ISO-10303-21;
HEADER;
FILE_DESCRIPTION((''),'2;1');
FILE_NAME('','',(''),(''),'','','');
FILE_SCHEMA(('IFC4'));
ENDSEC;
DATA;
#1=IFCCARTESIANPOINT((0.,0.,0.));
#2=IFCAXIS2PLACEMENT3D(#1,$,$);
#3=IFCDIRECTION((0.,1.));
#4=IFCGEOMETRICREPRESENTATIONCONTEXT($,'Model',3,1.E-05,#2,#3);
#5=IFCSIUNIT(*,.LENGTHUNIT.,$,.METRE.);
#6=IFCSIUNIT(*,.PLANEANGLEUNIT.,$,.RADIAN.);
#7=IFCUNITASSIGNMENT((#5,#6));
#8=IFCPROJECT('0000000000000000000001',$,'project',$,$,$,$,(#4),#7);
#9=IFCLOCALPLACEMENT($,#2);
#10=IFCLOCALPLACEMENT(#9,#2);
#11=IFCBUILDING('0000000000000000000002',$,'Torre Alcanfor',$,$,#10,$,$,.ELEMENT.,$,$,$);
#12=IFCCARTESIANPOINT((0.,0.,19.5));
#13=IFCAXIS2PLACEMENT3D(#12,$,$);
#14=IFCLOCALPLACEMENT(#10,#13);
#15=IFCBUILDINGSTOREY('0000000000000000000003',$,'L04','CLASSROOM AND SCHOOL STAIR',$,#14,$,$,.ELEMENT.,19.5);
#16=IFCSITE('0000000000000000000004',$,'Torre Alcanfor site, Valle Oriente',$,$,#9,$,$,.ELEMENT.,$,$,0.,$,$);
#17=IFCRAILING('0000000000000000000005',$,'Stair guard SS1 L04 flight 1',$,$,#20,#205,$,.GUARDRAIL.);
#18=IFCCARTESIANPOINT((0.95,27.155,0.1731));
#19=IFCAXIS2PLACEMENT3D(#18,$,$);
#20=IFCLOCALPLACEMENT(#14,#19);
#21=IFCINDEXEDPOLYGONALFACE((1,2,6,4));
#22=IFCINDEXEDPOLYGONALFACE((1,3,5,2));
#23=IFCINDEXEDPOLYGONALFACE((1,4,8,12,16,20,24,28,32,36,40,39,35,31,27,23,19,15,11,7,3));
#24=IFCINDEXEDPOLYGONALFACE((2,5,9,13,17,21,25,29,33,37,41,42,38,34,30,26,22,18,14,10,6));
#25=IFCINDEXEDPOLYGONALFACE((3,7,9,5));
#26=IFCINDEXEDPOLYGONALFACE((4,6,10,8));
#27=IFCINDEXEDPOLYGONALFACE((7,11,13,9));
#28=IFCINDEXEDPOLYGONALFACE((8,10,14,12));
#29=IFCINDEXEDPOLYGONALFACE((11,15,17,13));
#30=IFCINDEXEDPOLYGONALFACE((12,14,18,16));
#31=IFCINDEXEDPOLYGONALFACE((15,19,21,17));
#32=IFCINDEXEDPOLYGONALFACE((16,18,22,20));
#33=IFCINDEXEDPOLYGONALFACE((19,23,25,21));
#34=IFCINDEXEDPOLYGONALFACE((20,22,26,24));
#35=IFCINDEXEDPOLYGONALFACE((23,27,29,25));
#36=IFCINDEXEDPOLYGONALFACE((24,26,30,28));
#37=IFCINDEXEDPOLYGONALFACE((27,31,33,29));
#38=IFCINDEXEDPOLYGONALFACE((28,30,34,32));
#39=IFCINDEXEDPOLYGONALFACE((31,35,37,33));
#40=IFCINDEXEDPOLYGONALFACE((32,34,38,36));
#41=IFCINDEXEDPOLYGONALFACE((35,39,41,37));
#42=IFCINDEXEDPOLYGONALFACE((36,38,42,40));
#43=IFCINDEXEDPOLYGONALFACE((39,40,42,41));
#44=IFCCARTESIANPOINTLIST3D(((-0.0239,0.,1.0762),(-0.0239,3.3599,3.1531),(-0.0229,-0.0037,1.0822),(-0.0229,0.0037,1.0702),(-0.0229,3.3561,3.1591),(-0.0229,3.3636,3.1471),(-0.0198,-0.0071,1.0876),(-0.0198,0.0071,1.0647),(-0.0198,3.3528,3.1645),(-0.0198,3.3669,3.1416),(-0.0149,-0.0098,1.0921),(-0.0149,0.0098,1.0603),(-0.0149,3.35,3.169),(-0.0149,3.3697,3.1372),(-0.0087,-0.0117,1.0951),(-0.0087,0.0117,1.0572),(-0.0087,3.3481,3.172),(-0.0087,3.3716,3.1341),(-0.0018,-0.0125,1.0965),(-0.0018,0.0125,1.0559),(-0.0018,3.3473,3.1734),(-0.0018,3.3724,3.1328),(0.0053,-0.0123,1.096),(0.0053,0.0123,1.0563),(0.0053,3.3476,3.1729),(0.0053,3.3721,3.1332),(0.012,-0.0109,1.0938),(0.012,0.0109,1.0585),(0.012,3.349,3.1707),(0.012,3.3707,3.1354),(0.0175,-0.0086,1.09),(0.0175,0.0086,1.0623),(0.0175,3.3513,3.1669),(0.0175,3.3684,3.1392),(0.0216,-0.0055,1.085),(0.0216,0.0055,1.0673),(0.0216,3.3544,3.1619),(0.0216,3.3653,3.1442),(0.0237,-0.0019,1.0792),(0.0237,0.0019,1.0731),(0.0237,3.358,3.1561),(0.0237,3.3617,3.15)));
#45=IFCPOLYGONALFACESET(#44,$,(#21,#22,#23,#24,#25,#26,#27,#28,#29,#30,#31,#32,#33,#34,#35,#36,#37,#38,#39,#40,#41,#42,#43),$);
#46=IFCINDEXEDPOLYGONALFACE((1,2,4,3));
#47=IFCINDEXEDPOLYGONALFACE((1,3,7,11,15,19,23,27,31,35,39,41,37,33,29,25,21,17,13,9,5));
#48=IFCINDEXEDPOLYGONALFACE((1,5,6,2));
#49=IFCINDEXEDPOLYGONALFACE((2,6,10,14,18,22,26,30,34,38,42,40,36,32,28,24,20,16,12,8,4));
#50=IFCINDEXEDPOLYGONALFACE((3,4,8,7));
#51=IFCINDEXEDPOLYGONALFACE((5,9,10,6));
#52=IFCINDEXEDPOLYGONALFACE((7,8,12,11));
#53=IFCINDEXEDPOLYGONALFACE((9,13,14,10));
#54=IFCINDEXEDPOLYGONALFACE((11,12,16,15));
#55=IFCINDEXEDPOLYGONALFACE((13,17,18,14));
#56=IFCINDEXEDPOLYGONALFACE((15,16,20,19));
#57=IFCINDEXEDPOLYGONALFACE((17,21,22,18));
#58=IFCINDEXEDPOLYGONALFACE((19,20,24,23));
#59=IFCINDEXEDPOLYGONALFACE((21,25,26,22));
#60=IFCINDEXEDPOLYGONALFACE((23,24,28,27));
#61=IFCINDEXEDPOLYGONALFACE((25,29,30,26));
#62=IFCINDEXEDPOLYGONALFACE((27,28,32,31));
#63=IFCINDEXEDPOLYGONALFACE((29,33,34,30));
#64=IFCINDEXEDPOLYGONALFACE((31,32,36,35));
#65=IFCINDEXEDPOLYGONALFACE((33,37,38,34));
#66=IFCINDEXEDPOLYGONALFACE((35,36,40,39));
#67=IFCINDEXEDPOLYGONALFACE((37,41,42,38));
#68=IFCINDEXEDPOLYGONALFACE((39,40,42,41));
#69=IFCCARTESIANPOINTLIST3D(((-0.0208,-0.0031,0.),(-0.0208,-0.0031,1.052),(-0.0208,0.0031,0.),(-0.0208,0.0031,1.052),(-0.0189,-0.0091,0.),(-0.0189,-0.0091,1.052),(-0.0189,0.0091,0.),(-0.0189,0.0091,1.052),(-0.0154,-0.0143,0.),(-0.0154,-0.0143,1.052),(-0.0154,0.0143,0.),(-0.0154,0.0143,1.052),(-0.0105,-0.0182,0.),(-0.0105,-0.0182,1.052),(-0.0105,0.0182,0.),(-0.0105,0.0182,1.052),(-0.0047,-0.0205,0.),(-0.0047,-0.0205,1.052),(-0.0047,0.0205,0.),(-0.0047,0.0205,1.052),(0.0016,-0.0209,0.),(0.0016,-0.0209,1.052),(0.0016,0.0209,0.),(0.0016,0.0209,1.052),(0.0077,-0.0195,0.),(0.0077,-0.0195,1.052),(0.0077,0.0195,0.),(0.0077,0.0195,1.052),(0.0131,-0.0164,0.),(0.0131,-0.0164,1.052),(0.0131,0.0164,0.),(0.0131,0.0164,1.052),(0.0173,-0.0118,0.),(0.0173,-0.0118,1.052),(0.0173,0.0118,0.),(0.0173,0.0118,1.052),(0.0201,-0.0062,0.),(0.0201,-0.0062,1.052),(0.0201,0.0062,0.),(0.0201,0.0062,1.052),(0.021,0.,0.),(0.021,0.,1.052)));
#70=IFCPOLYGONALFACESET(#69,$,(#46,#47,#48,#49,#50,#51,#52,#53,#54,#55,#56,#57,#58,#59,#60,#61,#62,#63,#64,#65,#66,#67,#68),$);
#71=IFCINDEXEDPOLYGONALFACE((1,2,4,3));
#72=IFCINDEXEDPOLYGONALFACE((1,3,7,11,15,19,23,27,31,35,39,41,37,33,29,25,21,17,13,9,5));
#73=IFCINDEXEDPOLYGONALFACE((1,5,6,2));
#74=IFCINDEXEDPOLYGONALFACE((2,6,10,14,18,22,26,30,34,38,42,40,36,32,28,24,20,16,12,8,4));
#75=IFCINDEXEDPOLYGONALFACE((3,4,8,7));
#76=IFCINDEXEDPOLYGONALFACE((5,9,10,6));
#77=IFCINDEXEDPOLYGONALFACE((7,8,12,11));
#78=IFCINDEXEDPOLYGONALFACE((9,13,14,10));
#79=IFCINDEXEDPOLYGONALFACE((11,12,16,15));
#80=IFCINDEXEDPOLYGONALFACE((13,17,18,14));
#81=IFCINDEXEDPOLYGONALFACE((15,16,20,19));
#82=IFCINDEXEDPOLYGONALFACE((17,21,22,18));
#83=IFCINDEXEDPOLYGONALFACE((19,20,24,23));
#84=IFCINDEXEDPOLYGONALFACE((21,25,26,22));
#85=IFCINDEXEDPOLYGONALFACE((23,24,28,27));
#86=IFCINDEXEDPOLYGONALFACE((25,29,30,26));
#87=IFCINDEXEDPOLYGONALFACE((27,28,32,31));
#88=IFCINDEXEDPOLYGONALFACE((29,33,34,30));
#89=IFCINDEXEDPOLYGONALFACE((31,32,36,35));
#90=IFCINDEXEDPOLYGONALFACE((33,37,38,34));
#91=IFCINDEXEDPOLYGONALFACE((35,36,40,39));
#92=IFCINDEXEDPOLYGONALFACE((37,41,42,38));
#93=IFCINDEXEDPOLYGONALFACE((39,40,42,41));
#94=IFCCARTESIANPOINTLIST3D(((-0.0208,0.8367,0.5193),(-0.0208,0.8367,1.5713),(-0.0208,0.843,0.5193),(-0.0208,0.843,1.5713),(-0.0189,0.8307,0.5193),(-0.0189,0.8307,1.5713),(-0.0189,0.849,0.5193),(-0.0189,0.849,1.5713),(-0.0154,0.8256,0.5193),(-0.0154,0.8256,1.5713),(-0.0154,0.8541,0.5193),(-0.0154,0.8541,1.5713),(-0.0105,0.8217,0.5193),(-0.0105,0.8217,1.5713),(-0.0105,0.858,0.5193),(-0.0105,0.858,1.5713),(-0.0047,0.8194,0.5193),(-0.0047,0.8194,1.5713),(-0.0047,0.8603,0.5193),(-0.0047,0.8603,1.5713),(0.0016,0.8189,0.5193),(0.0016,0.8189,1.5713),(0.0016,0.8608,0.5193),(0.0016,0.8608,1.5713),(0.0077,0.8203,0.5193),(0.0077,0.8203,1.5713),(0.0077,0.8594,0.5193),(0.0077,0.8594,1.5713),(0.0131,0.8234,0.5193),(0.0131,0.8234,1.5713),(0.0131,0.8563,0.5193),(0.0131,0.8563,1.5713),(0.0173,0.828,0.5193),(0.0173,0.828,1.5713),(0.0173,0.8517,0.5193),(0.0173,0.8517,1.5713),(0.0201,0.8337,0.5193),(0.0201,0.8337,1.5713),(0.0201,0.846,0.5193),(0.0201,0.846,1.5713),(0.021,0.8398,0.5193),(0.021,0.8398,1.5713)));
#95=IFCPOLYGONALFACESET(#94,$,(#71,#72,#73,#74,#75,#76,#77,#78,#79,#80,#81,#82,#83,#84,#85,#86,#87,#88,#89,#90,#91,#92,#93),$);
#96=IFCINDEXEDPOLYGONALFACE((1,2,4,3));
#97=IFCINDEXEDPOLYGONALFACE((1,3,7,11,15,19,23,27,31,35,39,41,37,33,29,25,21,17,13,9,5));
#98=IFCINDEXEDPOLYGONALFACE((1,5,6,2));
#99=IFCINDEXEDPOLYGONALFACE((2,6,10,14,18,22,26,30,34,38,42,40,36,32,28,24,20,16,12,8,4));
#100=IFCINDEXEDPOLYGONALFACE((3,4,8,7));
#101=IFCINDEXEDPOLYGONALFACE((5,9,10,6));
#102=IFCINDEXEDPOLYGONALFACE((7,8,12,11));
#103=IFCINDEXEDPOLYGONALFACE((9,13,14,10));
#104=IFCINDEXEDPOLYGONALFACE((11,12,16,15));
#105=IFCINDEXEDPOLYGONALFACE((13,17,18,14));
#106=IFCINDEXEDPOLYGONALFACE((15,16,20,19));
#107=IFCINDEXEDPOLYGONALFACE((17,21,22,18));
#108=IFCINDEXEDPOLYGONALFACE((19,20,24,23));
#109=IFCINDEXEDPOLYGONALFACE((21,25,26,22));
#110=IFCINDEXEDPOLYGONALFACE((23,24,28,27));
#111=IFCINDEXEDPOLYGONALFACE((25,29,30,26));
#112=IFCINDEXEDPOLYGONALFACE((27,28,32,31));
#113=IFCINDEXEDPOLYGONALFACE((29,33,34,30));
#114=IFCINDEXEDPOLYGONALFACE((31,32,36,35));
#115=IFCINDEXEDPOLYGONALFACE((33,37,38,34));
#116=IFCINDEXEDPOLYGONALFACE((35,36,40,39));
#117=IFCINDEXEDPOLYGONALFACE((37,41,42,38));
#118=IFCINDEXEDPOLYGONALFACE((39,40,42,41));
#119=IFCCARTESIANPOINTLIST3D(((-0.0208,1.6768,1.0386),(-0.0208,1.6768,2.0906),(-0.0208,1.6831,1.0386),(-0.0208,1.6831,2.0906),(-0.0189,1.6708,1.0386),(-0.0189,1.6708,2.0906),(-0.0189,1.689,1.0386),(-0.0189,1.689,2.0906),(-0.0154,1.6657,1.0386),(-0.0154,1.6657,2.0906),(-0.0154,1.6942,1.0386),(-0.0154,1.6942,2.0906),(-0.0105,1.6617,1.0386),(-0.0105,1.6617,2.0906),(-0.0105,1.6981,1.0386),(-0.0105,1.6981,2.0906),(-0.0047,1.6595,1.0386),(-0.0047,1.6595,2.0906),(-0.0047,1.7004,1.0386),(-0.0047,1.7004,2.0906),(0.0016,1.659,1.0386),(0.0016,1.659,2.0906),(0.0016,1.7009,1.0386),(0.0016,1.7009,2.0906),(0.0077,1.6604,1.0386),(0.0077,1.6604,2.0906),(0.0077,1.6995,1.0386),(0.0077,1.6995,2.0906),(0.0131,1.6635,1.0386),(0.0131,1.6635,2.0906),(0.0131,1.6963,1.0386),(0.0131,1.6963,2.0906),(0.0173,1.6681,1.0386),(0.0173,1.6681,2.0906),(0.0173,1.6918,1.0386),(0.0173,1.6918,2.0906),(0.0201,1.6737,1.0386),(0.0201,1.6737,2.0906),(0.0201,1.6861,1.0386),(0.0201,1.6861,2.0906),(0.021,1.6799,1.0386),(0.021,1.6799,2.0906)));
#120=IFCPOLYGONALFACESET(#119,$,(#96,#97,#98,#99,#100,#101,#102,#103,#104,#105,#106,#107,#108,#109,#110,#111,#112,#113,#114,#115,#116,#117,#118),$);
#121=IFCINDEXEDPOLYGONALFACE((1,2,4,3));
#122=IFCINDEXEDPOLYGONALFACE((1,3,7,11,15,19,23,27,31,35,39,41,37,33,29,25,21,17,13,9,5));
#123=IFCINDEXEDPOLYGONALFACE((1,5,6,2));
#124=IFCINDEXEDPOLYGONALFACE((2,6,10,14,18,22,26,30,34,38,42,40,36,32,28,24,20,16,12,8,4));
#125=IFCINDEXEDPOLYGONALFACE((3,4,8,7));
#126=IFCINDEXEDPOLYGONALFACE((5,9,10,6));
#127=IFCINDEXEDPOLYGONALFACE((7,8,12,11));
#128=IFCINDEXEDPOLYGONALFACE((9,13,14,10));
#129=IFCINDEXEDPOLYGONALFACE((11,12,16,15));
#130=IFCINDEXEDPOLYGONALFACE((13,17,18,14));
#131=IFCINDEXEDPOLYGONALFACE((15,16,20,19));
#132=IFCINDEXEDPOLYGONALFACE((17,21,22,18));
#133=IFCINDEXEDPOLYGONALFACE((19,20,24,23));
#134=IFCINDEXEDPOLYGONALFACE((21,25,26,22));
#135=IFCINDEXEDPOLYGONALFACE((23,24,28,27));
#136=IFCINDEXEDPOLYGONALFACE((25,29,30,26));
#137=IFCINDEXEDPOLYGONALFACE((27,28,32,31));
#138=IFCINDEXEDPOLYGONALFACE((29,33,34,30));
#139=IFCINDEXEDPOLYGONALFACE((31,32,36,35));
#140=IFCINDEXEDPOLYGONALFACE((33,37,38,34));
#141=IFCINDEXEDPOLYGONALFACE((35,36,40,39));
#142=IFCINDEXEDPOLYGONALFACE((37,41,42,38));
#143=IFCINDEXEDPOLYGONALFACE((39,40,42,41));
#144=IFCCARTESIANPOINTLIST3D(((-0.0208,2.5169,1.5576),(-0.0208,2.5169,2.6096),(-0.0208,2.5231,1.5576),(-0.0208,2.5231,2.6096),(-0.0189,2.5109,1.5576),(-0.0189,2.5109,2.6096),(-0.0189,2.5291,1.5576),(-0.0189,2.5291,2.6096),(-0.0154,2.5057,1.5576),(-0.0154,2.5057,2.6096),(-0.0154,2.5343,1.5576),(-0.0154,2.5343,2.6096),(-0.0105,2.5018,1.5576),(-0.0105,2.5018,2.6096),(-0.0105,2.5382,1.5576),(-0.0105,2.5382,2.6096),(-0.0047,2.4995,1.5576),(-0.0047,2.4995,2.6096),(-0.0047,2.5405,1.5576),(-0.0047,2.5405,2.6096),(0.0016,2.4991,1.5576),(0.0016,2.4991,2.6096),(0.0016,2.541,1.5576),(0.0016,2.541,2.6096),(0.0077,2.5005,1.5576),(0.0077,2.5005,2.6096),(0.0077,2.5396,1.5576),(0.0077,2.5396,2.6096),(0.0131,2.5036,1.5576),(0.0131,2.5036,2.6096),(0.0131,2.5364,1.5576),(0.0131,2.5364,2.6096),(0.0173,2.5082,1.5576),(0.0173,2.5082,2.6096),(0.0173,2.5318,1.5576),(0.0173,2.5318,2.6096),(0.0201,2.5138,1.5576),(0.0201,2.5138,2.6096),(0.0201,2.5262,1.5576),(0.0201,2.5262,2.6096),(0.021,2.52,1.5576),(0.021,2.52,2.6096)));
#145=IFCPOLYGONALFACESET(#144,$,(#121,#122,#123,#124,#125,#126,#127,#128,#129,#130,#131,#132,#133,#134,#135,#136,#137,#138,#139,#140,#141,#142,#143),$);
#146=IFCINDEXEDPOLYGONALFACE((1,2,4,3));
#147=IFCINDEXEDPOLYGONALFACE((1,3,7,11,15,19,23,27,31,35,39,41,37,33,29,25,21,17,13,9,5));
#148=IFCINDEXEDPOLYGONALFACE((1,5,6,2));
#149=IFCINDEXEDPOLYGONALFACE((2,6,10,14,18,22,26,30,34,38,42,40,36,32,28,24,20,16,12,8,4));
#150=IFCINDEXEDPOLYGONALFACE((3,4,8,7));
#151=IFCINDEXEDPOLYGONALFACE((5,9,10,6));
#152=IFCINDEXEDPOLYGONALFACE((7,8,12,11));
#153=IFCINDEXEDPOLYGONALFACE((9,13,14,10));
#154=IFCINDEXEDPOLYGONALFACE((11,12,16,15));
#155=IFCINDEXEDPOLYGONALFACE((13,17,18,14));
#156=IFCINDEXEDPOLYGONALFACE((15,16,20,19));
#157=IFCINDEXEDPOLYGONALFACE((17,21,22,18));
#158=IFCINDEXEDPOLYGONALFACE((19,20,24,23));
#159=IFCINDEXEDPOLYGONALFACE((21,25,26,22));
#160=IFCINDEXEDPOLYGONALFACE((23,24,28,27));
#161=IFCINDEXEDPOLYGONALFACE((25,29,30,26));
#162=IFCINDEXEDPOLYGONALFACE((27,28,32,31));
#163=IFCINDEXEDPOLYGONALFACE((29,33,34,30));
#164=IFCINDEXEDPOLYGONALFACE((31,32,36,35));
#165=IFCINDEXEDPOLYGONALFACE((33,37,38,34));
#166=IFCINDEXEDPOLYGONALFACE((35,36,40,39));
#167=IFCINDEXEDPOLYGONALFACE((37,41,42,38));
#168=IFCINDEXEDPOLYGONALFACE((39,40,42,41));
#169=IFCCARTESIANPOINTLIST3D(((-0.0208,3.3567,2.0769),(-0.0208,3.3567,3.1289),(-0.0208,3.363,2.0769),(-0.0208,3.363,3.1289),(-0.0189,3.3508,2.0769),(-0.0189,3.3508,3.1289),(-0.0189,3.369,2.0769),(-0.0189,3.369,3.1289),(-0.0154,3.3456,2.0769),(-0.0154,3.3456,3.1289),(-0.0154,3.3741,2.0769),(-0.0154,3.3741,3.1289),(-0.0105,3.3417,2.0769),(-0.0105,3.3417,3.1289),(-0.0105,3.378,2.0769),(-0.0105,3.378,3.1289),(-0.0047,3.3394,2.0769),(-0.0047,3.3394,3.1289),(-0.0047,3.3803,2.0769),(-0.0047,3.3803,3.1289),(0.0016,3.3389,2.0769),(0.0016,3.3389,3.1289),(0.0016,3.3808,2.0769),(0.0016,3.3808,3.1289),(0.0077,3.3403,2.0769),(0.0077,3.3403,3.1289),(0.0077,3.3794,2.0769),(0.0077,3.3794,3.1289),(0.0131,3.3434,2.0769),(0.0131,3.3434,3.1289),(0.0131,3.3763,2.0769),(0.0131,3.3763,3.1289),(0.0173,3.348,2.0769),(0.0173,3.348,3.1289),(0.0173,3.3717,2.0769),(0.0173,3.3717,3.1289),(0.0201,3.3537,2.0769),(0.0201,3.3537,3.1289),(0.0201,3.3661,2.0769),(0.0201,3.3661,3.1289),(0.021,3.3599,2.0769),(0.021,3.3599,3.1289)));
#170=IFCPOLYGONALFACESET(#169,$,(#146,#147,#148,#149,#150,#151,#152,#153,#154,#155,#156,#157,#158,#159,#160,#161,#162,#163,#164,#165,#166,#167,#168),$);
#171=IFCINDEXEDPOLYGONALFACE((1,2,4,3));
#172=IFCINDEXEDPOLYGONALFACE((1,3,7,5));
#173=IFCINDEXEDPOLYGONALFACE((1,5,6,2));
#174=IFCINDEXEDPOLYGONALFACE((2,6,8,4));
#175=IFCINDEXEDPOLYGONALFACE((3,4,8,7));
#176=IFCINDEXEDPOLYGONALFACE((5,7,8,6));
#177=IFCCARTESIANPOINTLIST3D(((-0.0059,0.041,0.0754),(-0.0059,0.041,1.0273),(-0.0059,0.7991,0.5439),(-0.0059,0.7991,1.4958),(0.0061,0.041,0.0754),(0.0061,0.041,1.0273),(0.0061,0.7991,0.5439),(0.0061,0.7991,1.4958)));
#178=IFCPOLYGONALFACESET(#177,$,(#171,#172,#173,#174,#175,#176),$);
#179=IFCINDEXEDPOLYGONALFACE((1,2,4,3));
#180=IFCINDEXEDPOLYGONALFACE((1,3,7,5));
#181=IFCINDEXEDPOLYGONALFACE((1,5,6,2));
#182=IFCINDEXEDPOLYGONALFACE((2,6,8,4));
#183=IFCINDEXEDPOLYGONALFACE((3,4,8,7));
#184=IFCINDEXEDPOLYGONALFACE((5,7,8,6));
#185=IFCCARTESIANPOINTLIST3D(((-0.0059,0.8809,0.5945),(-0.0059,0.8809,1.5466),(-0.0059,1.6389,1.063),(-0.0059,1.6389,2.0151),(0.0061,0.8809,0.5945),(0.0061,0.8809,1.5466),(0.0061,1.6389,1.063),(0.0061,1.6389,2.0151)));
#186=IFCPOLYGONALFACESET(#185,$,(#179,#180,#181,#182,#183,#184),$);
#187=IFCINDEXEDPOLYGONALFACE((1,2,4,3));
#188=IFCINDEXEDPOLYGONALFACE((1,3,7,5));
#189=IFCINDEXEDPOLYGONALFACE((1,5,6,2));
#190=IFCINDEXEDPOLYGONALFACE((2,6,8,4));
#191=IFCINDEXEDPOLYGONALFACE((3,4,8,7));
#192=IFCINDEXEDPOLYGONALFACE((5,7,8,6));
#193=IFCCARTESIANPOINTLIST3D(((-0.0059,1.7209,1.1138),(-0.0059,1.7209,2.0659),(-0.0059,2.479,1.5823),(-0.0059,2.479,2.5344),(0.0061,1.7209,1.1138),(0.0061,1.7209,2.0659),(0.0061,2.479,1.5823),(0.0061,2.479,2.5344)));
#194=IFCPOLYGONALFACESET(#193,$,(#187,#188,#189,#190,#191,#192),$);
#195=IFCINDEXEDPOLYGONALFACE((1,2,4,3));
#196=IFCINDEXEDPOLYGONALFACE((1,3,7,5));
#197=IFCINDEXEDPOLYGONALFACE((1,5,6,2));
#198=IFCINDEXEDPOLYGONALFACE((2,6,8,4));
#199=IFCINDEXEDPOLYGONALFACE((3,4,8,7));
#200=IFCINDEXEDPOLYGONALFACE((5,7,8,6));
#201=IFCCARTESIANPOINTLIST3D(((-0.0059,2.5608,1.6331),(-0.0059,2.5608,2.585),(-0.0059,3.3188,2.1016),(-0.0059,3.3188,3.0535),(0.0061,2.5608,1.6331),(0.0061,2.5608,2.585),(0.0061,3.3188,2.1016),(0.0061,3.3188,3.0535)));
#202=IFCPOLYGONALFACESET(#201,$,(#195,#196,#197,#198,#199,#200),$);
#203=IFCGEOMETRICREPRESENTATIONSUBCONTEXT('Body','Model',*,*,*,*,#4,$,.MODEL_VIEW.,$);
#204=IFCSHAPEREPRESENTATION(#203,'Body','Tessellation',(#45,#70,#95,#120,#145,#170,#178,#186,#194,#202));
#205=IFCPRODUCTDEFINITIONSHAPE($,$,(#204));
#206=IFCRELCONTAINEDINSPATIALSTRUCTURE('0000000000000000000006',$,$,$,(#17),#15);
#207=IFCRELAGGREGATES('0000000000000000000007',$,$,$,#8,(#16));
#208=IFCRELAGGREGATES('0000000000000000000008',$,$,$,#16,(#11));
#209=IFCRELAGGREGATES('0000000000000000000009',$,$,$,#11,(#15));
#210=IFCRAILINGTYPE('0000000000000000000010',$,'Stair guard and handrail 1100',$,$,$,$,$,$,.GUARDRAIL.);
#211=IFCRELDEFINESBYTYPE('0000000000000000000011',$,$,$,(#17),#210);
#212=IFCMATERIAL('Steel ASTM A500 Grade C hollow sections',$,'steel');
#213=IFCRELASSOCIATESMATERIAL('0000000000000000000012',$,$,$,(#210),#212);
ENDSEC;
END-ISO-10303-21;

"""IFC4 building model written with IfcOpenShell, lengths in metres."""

from ifc_helpers import new_model, si_unit, direction, frame, origin, origin_2d, place, context, subcontext, project, spatial, polyline, circle, outline, extrude, material, type_object, element, save


model = new_model("IFC4")

# Units and contexts
model_context = context("Model", 3, precision=1e-05, world=origin(), true_north=direction((0.0, 1.0)))
body_context = subcontext(model_context, "Body", "Model", "MODEL_VIEW")
ifc_project = project(units=[si_unit("LENGTHUNIT", "METRE"), si_unit("PLANEANGLEUNIT", "RADIAN")], contexts=[model_context])

# Site, building, storey
site_placement = place(None, origin())
site = spatial("IfcSite", under=ifc_project, at=site_placement, Name="Torre Alcanfor site, Valle Oriente", CompositionType="ELEMENT", RefElevation=0.0)
building_placement = place(site_placement, origin())
building = spatial("IfcBuilding", under=site, at=building_placement, Name="Torre Alcanfor", CompositionType="ELEMENT")
storey_placement = place(building_placement, frame((0.0, 0.0, 19.5)))
storey = spatial("IfcBuildingStorey", under=building, at=storey_placement, Name="L04", Description="CLASSROOM AND SCHOOL STAIR", CompositionType="ELEMENT", Elevation=19.5)

# Railing
ifc_material_1 = material(Name="Steel ASTM A500 Grade C hollow sections", Category="steel")
railing_type_1 = type_object("IfcRailingType", Name="Stair guard and handrail 1100", PredefinedType="GUARDRAIL", material=ifc_material_1)
railing_1_placement = place(storey_placement, frame((0.95, 27.155, 0.1731)))
element("IfcRailing", 1, at=railing_1_placement, inside=storey, type_object=railing_type_1, Name="Stair guard SS1 L04 flight 1", PredefinedType="GUARDRAIL", context=body_context, shape_type="SweptSolid", body=[
    extrude(circle(Radius=0.0239, at=origin_2d()), frame((0.0, 0.0, 1.0762), z_axis=(0.0, 0.850606, 0.525803), x_axis=(-1.0, 0.0, 0.0)), (0.0, 0.0, 1.0), 3.95),
    extrude(circle(Radius=0.021, at=origin_2d()), origin(), (0.0, 0.0, 1.0), 1.052),
    extrude(circle(Radius=0.021, at=origin_2d()), frame((0.0, 0.8398, 0.5193)), (0.0, 0.0, 1.0), 1.052),
    extrude(circle(Radius=0.021, at=origin_2d()), frame((0.0, 1.6799, 1.0386)), (0.0, 0.0, 1.0), 1.052),
    extrude(circle(Radius=0.021, at=origin_2d()), frame((0.0, 2.52, 1.5576)), (0.0, 0.0, 1.0), 1.052),
    extrude(circle(Radius=0.021, at=origin_2d()), frame((0.0, 3.3599, 2.0769)), (0.0, 0.0, 1.0), 1.052),
    extrude(outline(polyline([(0.041, 0.0754), (0.7991, 0.5439), (0.7991, 1.4958), (0.041, 1.0273), (0.041, 0.0754)])), frame((-0.0059, 0.0, 0.0), z_axis=(1.0, 0.0, 0.0), x_axis=(0.0, 1.0, 0.0)), (0.0, 0.0, 1.0), 0.012),
    extrude(outline(polyline([(0.8809, 0.5945), (1.6389, 1.063), (1.6389, 2.0151), (0.8809, 1.5466), (0.8809, 0.5945)])), frame((-0.0059, 0.0, 0.0), z_axis=(1.0, 0.0, 0.0), x_axis=(0.0, 1.0, 0.0)), (0.0, 0.0, 1.0), 0.012),
    extrude(outline(polyline([(1.7209, 1.1138), (2.479, 1.5823), (2.479, 2.5344), (1.7209, 2.0659), (1.7209, 1.1138)])), frame((-0.0059, 0.0, 0.0), z_axis=(1.0, 0.0, 0.0), x_axis=(0.0, 1.0, 0.0)), (0.0, 0.0, 1.0), 0.012),
    extrude(outline(polyline([(2.5608, 1.6331), (3.3188, 2.1016), (3.3188, 3.0535), (2.5608, 2.585), (2.5608, 1.6331)])), frame((-0.0059, 0.0, 0.0), z_axis=(1.0, 0.0, 0.0), x_axis=(0.0, 1.0, 0.0)), (0.0, 0.0, 1.0), 0.012),
])

save(model, "model.ifc")
